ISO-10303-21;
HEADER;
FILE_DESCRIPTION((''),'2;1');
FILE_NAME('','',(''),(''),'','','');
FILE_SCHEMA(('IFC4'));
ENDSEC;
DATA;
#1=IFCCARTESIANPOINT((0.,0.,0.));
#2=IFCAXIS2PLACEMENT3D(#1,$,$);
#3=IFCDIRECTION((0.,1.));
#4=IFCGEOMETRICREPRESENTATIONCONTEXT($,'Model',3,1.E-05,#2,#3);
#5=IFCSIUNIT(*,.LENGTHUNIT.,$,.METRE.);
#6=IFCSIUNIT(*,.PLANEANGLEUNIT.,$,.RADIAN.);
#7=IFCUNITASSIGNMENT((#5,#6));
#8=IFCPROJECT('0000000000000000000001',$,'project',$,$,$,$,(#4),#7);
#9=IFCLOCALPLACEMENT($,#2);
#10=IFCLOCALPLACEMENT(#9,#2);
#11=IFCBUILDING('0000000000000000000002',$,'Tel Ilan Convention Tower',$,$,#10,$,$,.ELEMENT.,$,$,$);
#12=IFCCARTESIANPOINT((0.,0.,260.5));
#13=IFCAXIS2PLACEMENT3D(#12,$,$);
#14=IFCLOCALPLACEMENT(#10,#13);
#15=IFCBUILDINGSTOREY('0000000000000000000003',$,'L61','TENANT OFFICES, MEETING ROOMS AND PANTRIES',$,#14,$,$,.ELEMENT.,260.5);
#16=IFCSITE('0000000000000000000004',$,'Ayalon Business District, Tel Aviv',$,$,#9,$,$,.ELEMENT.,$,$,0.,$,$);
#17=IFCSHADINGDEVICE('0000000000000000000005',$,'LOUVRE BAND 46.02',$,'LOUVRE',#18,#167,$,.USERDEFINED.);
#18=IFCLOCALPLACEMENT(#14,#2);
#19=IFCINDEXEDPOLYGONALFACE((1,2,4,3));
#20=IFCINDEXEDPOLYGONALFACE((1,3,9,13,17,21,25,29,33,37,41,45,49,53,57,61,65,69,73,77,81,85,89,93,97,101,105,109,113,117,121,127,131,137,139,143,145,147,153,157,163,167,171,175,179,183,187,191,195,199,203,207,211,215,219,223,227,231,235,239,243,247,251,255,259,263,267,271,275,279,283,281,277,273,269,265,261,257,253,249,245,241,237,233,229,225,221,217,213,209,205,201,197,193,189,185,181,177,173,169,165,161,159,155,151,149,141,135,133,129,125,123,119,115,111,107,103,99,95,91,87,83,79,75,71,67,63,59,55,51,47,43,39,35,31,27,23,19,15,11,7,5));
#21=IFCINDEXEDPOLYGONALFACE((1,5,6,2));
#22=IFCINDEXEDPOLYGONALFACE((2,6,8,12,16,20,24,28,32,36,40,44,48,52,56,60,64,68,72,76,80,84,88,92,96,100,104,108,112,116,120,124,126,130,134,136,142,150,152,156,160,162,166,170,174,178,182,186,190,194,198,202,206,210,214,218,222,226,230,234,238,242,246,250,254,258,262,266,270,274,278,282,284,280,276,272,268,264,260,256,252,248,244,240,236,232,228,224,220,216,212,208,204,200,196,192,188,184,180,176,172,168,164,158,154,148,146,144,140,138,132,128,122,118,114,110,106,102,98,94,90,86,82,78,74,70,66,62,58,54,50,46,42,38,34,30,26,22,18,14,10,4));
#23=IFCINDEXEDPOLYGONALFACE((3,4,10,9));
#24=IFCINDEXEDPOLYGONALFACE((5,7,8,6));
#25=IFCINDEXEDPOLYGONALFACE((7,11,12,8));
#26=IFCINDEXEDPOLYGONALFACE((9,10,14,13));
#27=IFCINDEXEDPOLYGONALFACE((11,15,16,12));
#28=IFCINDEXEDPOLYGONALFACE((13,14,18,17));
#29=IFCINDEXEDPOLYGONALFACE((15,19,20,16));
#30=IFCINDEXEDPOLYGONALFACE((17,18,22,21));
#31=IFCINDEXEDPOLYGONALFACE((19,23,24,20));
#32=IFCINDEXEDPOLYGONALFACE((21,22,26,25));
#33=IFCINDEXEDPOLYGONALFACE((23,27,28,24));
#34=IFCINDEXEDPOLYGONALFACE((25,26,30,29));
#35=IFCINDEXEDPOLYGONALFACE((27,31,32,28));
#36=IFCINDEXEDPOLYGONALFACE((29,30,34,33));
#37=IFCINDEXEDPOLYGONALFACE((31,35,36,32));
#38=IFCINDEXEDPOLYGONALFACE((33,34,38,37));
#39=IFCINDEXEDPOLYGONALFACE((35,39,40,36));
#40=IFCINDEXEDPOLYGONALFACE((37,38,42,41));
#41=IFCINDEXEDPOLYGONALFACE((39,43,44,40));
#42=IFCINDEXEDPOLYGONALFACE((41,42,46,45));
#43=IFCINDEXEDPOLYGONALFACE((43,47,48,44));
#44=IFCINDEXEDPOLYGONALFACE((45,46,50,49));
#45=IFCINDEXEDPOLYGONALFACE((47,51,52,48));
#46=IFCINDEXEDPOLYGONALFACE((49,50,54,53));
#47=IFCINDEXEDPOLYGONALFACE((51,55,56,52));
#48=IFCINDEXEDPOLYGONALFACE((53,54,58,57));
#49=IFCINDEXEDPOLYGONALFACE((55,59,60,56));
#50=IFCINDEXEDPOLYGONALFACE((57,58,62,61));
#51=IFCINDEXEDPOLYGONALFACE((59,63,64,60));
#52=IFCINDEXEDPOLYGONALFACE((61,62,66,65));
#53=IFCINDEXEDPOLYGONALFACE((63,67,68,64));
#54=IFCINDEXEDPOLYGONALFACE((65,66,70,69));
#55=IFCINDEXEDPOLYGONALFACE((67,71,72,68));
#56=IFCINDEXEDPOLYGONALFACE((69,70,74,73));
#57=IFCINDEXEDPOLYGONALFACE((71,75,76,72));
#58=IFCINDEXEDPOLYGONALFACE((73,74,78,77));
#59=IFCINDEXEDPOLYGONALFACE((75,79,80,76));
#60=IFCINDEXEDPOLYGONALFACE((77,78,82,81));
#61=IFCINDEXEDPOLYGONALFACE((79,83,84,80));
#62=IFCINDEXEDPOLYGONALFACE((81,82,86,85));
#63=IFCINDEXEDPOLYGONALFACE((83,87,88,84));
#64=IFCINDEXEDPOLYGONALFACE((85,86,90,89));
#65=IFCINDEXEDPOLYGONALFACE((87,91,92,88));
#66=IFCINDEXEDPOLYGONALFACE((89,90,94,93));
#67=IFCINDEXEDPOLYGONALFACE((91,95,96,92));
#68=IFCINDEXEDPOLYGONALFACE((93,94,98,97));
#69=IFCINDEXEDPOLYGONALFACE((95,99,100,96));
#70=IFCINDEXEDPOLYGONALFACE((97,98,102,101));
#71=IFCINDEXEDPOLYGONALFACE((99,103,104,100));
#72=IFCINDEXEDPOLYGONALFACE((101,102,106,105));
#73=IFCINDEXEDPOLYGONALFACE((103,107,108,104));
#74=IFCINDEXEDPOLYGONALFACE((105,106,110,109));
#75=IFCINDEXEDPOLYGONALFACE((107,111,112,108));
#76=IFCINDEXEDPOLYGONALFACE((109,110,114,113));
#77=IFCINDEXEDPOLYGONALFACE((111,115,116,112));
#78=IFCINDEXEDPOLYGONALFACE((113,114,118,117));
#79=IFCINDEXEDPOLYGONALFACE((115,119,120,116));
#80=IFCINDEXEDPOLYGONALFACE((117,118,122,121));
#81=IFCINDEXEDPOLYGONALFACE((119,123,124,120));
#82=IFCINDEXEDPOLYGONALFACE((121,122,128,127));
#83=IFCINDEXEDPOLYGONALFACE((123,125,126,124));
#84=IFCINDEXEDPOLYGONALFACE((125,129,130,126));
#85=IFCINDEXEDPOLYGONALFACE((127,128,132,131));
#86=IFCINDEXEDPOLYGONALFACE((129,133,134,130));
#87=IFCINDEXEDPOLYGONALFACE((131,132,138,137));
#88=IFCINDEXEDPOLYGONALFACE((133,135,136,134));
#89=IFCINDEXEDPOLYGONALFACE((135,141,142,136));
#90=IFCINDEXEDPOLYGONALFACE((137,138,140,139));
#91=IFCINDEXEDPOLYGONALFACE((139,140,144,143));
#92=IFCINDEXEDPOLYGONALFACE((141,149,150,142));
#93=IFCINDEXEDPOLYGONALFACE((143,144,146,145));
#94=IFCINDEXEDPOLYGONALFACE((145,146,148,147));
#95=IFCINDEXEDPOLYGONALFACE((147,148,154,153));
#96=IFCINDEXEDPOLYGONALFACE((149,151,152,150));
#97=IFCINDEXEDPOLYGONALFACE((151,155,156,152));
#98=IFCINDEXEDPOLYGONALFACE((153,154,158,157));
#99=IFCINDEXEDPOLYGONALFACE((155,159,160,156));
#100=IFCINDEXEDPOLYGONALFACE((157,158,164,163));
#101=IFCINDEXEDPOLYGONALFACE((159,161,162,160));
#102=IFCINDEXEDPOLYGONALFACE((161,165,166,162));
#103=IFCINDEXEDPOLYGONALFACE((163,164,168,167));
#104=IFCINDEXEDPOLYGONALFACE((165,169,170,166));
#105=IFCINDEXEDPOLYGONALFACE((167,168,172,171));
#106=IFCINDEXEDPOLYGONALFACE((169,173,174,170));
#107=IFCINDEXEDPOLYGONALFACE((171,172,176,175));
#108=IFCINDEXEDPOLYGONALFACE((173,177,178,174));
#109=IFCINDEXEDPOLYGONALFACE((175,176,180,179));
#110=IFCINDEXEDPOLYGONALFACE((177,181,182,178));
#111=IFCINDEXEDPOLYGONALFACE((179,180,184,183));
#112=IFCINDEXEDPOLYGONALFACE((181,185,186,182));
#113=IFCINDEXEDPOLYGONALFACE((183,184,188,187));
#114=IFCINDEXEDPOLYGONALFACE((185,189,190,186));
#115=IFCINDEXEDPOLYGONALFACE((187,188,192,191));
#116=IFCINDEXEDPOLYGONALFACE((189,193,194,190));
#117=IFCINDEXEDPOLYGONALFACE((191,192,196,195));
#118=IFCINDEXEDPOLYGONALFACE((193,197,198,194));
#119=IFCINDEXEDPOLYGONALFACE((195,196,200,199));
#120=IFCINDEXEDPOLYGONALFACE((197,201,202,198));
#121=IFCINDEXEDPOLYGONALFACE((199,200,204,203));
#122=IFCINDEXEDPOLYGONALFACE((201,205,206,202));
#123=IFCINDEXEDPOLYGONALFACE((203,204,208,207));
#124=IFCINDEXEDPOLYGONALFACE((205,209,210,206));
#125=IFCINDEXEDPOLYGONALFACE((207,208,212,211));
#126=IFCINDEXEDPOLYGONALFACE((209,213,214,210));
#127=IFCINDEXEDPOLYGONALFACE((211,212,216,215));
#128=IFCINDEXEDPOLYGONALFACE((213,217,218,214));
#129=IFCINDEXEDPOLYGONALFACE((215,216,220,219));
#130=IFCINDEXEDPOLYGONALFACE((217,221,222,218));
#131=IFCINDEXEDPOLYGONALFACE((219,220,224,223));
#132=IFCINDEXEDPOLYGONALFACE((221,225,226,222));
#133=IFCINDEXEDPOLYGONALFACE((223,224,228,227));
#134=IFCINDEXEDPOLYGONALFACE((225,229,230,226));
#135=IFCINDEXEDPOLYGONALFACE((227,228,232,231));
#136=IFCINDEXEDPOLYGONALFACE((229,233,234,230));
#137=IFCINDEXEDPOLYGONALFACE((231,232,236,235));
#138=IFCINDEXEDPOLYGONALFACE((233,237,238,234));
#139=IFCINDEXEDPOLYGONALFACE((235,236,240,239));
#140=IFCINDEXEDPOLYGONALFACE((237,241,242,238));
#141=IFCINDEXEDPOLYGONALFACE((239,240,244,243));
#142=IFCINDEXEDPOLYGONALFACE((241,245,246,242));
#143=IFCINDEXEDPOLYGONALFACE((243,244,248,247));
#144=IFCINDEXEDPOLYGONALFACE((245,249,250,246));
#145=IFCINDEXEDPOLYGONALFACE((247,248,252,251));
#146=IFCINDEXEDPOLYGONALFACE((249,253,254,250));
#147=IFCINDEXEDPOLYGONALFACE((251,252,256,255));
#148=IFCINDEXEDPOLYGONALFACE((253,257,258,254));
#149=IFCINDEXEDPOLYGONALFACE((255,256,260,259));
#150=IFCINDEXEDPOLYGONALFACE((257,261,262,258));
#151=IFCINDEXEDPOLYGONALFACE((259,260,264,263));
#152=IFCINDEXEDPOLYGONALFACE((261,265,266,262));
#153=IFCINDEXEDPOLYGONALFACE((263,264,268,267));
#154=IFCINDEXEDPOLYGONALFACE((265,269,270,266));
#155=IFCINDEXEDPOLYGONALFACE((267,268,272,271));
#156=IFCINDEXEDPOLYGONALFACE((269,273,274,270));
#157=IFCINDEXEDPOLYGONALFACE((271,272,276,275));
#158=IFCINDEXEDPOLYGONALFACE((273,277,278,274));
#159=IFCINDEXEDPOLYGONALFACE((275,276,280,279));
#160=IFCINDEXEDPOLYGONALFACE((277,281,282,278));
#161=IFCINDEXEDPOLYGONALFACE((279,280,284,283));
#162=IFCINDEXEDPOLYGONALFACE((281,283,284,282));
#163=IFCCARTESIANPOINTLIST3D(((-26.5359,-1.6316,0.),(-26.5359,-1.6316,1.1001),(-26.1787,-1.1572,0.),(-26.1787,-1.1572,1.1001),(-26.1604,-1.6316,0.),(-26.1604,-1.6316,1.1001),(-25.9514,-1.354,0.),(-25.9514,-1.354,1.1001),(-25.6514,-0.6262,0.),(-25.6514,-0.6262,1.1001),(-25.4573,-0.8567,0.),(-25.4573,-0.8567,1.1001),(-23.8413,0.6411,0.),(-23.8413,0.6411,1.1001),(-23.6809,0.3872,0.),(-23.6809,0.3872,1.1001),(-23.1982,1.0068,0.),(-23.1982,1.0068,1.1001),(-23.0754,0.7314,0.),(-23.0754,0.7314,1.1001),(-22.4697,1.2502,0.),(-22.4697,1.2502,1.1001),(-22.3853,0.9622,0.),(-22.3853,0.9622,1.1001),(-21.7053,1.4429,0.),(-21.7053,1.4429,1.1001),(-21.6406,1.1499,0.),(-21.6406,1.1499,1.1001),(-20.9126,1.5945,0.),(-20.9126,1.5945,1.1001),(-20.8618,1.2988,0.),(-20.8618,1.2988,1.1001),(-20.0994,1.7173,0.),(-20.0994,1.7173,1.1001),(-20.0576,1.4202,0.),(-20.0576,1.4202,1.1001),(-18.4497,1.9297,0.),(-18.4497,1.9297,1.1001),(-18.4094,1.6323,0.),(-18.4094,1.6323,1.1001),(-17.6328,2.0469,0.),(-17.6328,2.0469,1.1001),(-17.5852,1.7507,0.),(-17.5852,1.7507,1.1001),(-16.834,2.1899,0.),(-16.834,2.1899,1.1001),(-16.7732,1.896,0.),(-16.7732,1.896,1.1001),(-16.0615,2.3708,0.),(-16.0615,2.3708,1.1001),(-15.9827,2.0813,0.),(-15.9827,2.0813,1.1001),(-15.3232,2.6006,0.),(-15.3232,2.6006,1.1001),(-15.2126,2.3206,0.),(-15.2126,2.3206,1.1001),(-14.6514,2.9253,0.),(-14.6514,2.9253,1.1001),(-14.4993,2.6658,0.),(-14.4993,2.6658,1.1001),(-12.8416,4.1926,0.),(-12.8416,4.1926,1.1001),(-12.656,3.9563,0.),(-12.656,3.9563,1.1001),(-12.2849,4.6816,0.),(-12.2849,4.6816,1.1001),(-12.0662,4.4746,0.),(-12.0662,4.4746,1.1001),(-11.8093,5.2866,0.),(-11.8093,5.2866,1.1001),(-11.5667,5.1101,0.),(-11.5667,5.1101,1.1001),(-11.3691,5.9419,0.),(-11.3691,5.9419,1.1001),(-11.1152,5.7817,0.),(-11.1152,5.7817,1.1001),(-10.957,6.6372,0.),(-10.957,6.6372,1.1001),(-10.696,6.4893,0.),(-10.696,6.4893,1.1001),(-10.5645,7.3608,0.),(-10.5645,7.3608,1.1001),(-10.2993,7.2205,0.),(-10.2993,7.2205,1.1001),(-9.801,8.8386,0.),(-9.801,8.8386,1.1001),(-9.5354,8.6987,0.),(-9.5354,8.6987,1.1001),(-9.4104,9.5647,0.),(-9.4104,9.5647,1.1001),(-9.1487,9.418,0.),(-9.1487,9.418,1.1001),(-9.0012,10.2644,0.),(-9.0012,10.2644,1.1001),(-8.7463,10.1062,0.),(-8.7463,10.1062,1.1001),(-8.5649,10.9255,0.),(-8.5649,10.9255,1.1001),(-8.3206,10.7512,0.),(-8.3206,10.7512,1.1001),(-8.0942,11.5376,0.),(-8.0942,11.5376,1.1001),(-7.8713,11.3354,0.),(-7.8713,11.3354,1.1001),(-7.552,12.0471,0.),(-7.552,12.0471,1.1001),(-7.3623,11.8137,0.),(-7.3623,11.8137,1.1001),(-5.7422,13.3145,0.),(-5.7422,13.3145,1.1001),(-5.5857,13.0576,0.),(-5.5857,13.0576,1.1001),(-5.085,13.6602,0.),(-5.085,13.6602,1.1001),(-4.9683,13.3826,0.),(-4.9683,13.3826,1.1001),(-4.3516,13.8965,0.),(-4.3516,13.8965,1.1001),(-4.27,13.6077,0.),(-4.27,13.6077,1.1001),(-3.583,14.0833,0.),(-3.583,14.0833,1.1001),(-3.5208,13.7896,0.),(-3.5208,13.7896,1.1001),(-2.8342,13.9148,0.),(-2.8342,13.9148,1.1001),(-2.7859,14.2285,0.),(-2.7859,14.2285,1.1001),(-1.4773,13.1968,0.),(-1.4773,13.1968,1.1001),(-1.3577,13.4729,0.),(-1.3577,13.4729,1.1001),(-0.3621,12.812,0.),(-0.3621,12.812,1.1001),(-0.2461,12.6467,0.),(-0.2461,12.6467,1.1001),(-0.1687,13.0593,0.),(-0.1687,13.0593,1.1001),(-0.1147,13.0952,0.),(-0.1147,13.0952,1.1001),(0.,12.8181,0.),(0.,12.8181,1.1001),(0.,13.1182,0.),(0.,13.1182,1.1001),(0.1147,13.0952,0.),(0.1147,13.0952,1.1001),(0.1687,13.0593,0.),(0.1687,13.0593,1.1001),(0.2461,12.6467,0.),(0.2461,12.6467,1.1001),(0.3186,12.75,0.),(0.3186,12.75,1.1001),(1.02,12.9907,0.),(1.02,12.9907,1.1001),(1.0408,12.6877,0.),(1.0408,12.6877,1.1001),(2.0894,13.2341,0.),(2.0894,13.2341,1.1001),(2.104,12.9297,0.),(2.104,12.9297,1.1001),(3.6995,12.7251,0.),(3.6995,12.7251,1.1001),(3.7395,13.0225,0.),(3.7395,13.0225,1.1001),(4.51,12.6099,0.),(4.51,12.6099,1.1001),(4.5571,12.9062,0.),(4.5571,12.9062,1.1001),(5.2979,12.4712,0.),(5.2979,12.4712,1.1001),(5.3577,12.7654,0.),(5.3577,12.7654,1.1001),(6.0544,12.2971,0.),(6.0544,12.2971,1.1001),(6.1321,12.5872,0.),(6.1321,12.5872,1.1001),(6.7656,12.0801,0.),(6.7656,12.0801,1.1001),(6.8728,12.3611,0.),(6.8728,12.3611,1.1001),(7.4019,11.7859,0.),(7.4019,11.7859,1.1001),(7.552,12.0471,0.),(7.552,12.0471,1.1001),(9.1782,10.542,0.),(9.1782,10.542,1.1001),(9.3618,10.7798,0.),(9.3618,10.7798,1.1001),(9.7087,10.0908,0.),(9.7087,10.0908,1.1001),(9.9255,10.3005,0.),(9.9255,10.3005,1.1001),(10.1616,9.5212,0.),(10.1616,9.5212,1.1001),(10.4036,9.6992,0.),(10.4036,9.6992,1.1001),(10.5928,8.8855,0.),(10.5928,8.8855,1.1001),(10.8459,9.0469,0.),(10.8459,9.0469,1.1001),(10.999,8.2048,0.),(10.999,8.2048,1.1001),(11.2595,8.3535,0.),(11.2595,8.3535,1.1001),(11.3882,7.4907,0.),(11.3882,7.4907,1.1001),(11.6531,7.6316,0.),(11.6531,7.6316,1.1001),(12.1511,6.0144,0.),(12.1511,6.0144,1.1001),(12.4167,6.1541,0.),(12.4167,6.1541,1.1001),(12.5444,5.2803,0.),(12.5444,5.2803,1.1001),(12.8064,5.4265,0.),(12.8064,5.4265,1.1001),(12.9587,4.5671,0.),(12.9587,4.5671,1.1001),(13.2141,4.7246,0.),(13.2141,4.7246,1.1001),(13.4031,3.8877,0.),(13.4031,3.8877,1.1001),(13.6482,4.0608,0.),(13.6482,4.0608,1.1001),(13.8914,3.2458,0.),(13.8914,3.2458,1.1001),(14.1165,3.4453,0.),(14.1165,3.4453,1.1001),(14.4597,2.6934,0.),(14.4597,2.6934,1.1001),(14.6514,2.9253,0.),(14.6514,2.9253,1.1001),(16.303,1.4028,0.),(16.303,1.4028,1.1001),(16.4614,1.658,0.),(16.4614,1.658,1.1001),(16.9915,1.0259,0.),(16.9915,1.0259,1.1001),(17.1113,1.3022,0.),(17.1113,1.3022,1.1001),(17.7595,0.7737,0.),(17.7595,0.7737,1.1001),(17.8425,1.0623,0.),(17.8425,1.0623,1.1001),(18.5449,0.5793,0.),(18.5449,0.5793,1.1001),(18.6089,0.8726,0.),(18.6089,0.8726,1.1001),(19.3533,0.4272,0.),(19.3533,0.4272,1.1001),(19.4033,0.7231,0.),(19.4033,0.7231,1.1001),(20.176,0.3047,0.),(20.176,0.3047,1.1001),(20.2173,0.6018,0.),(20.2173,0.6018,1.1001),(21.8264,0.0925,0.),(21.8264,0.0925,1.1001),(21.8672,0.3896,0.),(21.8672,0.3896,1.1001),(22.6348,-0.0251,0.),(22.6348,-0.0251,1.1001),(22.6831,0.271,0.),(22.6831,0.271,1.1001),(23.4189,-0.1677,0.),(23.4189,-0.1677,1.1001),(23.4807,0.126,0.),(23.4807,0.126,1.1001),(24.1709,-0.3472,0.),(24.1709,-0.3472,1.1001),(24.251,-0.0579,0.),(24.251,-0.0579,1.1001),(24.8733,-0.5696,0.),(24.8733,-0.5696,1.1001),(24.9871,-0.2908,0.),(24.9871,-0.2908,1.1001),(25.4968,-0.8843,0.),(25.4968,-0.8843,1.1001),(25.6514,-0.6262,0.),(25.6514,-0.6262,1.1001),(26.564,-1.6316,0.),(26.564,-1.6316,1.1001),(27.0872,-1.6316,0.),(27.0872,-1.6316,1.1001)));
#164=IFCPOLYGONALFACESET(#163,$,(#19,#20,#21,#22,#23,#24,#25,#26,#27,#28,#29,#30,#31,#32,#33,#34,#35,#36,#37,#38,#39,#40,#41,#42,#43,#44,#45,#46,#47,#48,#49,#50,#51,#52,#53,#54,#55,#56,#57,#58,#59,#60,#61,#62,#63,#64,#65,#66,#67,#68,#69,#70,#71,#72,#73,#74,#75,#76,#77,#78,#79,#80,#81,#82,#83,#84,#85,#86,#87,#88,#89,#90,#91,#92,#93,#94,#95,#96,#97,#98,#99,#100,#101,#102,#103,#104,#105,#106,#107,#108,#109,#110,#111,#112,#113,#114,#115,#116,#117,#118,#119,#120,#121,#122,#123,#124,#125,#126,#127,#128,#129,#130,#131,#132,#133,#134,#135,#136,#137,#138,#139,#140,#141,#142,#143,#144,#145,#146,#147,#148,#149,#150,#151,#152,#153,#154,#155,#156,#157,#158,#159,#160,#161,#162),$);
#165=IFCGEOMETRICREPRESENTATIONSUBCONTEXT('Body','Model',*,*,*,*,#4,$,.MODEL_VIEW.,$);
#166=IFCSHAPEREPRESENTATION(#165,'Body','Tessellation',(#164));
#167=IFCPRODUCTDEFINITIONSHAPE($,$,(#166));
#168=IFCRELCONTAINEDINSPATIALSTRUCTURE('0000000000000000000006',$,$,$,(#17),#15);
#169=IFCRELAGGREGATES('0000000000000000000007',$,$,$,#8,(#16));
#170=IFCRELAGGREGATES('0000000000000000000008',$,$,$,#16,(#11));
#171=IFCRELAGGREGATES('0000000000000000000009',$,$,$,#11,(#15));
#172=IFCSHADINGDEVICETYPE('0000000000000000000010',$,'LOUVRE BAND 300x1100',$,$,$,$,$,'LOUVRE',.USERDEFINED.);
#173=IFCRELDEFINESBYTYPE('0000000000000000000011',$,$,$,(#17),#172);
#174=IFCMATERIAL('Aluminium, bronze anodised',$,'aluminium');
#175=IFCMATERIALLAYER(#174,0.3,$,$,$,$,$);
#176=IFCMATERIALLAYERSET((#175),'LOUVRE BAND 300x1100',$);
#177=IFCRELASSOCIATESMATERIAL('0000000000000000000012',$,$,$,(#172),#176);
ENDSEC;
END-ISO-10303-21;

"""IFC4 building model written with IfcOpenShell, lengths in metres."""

from ifc_helpers import new_model, si_unit, direction, frame, origin, place, context, subcontext, project, spatial, polyline, outline, extrude, material, layer, layer_set, type_object, element, save


model = new_model("IFC4")

# Units and contexts
model_context = context("Model", 3, precision=1e-05, world=origin(), true_north=direction((0.0, 1.0)))
body_context = subcontext(model_context, "Body", "Model", "MODEL_VIEW")
ifc_project = project(units=[si_unit("LENGTHUNIT", "METRE"), si_unit("PLANEANGLEUNIT", "RADIAN")], contexts=[model_context])

# Site, building, storey
site_placement = place(None, origin())
site = spatial("IfcSite", under=ifc_project, at=site_placement, Name="Ayalon Business District, Tel Aviv", CompositionType="ELEMENT", RefElevation=0.0)
building_placement = place(site_placement, origin())
building = spatial("IfcBuilding", under=site, at=building_placement, Name="Tel Ilan Convention Tower", CompositionType="ELEMENT")
storey_placement = place(building_placement, frame((0.0, 0.0, 260.5)))
storey = spatial("IfcBuildingStorey", under=building, at=storey_placement, Name="L61", Description="TENANT OFFICES, MEETING ROOMS AND PANTRIES", CompositionType="ELEMENT", Elevation=260.5)

# Shading device
ifc_material_1 = material(Name="Aluminium, bronze anodised", Category="aluminium")
ifc_layer_1 = layer(ifc_material_1, 0.3)
ifc_layer_set_1 = layer_set([ifc_layer_1], Name="LOUVRE BAND 300x1100")
shading_device_type_1 = type_object("IfcShadingDeviceType", Name="LOUVRE BAND 300x1100", ElementType="LOUVRE", PredefinedType="USERDEFINED", material=ifc_layer_set_1)
shading_device_1_placement = place(storey_placement, origin())
element("IfcShadingDevice", 1, at=shading_device_1_placement, inside=storey, type_object=shading_device_type_1, Name="LOUVRE BAND 46.02", ObjectType="LOUVRE", PredefinedType="USERDEFINED", context=body_context, shape_type="SweptSolid", body=[
    extrude(outline(polyline([(-26.1787, -1.1572), (-26.5359, -1.6316), (-26.1604, -1.6316), (-25.9514, -1.354), (-25.4573, -0.8567), (-23.6809, 0.3872), (-23.0754, 0.7314), (-22.3853, 0.9622), (-21.6406, 1.1499), (-20.8618, 1.2988), (-20.0576, 1.4202), (-18.4094, 1.6323), (-17.5852, 1.7507), (-16.7732, 1.896), (-15.9827, 2.0813), (-15.2126, 2.3206), (-14.4993, 2.6658), (-12.656, 3.9563), (-12.0662, 4.4746), (-11.5667, 5.1101), (-11.1152, 5.7817), (-10.696, 6.4893), (-10.2993, 7.2205), (-9.5354, 8.6987), (-9.1487, 9.418), (-8.7463, 10.1062), (-8.3206, 10.7512), (-7.8713, 11.3354), (-7.3623, 11.8137), (-5.5857, 13.0576), (-4.9683, 13.3826), (-4.27, 13.6077), (-3.5208, 13.7896), (-2.8342, 13.9148), (-1.4773, 13.1968), (-0.3621, 12.812), (-0.2461, 12.6467), (0.0, 12.8181), (0.2461, 12.6467), (0.3186, 12.75), (1.0408, 12.6877), (2.104, 12.9297), (3.6995, 12.7251), (4.51, 12.6099), (5.2979, 12.4712), (6.0544, 12.2971), (6.7656, 12.0801), (7.4019, 11.7859), (9.1782, 10.542), (9.7087, 10.0908), (10.1616, 9.5212), (10.5928, 8.8855), (10.999, 8.2048), (11.3882, 7.4907), (12.1511, 6.0144), (12.5444, 5.2803), (12.9587, 4.5671), (13.4031, 3.8877), (13.8914, 3.2458), (14.4597, 2.6934), (16.303, 1.4028), (16.9915, 1.0259), (17.7595, 0.7737), (18.5449, 0.5793), (19.3533, 0.4272), (20.176, 0.3047), (21.8264, 0.0925), (22.6348, -0.0251), (23.4189, -0.1677), (24.1709, -0.3472), (24.8733, -0.5696), (25.4968, -0.8843), (26.564, -1.6316), (27.0872, -1.6316), (25.6514, -0.6262), (24.9871, -0.2908), (24.251, -0.0579), (23.4807, 0.126), (22.6831, 0.271), (21.8672, 0.3896), (20.2173, 0.6018), (19.4033, 0.7231), (18.6089, 0.8726), (17.8425, 1.0623), (17.1113, 1.3022), (16.4614, 1.658), (14.6514, 2.9253), (14.1165, 3.4453), (13.6482, 4.0608), (13.2141, 4.7246), (12.8064, 5.4265), (12.4167, 6.1541), (11.6531, 7.6316), (11.2595, 8.3535), (10.8459, 9.0469), (10.4036, 9.6992), (9.9255, 10.3005), (9.3618, 10.7798), (7.552, 12.0471), (6.8728, 12.3611), (6.1321, 12.5872), (5.3577, 12.7654), (4.5571, 12.9062), (3.7395, 13.0225), (2.0894, 13.2341), (1.02, 12.9907), (0.1687, 13.0593), (0.1147, 13.0952), (0.0, 13.1182), (-0.1147, 13.0952), (-0.1687, 13.0593), (-1.3577, 13.4729), (-2.7859, 14.2285), (-3.583, 14.0833), (-4.3516, 13.8965), (-5.085, 13.6602), (-5.7422, 13.3145), (-7.552, 12.0471), (-8.0942, 11.5376), (-8.5649, 10.9255), (-9.0012, 10.2644), (-9.4104, 9.5647), (-9.801, 8.8386), (-10.5645, 7.3608), (-10.957, 6.6372), (-11.3691, 5.9419), (-11.8093, 5.2866), (-12.2849, 4.6816), (-12.8416, 4.1926), (-14.6514, 2.9253), (-15.3232, 2.6006), (-16.0615, 2.3708), (-16.834, 2.1899), (-17.6328, 2.0469), (-18.4497, 1.9297), (-20.0994, 1.7173), (-20.9126, 1.5945), (-21.7053, 1.4429), (-22.4697, 1.2502), (-23.1982, 1.0068), (-23.8413, 0.6411), (-25.6514, -0.6262), (-26.1787, -1.1572)])), origin(), (0.0, 0.0, 1.0), 1.1001),
])

save(model, "model.ifc")
